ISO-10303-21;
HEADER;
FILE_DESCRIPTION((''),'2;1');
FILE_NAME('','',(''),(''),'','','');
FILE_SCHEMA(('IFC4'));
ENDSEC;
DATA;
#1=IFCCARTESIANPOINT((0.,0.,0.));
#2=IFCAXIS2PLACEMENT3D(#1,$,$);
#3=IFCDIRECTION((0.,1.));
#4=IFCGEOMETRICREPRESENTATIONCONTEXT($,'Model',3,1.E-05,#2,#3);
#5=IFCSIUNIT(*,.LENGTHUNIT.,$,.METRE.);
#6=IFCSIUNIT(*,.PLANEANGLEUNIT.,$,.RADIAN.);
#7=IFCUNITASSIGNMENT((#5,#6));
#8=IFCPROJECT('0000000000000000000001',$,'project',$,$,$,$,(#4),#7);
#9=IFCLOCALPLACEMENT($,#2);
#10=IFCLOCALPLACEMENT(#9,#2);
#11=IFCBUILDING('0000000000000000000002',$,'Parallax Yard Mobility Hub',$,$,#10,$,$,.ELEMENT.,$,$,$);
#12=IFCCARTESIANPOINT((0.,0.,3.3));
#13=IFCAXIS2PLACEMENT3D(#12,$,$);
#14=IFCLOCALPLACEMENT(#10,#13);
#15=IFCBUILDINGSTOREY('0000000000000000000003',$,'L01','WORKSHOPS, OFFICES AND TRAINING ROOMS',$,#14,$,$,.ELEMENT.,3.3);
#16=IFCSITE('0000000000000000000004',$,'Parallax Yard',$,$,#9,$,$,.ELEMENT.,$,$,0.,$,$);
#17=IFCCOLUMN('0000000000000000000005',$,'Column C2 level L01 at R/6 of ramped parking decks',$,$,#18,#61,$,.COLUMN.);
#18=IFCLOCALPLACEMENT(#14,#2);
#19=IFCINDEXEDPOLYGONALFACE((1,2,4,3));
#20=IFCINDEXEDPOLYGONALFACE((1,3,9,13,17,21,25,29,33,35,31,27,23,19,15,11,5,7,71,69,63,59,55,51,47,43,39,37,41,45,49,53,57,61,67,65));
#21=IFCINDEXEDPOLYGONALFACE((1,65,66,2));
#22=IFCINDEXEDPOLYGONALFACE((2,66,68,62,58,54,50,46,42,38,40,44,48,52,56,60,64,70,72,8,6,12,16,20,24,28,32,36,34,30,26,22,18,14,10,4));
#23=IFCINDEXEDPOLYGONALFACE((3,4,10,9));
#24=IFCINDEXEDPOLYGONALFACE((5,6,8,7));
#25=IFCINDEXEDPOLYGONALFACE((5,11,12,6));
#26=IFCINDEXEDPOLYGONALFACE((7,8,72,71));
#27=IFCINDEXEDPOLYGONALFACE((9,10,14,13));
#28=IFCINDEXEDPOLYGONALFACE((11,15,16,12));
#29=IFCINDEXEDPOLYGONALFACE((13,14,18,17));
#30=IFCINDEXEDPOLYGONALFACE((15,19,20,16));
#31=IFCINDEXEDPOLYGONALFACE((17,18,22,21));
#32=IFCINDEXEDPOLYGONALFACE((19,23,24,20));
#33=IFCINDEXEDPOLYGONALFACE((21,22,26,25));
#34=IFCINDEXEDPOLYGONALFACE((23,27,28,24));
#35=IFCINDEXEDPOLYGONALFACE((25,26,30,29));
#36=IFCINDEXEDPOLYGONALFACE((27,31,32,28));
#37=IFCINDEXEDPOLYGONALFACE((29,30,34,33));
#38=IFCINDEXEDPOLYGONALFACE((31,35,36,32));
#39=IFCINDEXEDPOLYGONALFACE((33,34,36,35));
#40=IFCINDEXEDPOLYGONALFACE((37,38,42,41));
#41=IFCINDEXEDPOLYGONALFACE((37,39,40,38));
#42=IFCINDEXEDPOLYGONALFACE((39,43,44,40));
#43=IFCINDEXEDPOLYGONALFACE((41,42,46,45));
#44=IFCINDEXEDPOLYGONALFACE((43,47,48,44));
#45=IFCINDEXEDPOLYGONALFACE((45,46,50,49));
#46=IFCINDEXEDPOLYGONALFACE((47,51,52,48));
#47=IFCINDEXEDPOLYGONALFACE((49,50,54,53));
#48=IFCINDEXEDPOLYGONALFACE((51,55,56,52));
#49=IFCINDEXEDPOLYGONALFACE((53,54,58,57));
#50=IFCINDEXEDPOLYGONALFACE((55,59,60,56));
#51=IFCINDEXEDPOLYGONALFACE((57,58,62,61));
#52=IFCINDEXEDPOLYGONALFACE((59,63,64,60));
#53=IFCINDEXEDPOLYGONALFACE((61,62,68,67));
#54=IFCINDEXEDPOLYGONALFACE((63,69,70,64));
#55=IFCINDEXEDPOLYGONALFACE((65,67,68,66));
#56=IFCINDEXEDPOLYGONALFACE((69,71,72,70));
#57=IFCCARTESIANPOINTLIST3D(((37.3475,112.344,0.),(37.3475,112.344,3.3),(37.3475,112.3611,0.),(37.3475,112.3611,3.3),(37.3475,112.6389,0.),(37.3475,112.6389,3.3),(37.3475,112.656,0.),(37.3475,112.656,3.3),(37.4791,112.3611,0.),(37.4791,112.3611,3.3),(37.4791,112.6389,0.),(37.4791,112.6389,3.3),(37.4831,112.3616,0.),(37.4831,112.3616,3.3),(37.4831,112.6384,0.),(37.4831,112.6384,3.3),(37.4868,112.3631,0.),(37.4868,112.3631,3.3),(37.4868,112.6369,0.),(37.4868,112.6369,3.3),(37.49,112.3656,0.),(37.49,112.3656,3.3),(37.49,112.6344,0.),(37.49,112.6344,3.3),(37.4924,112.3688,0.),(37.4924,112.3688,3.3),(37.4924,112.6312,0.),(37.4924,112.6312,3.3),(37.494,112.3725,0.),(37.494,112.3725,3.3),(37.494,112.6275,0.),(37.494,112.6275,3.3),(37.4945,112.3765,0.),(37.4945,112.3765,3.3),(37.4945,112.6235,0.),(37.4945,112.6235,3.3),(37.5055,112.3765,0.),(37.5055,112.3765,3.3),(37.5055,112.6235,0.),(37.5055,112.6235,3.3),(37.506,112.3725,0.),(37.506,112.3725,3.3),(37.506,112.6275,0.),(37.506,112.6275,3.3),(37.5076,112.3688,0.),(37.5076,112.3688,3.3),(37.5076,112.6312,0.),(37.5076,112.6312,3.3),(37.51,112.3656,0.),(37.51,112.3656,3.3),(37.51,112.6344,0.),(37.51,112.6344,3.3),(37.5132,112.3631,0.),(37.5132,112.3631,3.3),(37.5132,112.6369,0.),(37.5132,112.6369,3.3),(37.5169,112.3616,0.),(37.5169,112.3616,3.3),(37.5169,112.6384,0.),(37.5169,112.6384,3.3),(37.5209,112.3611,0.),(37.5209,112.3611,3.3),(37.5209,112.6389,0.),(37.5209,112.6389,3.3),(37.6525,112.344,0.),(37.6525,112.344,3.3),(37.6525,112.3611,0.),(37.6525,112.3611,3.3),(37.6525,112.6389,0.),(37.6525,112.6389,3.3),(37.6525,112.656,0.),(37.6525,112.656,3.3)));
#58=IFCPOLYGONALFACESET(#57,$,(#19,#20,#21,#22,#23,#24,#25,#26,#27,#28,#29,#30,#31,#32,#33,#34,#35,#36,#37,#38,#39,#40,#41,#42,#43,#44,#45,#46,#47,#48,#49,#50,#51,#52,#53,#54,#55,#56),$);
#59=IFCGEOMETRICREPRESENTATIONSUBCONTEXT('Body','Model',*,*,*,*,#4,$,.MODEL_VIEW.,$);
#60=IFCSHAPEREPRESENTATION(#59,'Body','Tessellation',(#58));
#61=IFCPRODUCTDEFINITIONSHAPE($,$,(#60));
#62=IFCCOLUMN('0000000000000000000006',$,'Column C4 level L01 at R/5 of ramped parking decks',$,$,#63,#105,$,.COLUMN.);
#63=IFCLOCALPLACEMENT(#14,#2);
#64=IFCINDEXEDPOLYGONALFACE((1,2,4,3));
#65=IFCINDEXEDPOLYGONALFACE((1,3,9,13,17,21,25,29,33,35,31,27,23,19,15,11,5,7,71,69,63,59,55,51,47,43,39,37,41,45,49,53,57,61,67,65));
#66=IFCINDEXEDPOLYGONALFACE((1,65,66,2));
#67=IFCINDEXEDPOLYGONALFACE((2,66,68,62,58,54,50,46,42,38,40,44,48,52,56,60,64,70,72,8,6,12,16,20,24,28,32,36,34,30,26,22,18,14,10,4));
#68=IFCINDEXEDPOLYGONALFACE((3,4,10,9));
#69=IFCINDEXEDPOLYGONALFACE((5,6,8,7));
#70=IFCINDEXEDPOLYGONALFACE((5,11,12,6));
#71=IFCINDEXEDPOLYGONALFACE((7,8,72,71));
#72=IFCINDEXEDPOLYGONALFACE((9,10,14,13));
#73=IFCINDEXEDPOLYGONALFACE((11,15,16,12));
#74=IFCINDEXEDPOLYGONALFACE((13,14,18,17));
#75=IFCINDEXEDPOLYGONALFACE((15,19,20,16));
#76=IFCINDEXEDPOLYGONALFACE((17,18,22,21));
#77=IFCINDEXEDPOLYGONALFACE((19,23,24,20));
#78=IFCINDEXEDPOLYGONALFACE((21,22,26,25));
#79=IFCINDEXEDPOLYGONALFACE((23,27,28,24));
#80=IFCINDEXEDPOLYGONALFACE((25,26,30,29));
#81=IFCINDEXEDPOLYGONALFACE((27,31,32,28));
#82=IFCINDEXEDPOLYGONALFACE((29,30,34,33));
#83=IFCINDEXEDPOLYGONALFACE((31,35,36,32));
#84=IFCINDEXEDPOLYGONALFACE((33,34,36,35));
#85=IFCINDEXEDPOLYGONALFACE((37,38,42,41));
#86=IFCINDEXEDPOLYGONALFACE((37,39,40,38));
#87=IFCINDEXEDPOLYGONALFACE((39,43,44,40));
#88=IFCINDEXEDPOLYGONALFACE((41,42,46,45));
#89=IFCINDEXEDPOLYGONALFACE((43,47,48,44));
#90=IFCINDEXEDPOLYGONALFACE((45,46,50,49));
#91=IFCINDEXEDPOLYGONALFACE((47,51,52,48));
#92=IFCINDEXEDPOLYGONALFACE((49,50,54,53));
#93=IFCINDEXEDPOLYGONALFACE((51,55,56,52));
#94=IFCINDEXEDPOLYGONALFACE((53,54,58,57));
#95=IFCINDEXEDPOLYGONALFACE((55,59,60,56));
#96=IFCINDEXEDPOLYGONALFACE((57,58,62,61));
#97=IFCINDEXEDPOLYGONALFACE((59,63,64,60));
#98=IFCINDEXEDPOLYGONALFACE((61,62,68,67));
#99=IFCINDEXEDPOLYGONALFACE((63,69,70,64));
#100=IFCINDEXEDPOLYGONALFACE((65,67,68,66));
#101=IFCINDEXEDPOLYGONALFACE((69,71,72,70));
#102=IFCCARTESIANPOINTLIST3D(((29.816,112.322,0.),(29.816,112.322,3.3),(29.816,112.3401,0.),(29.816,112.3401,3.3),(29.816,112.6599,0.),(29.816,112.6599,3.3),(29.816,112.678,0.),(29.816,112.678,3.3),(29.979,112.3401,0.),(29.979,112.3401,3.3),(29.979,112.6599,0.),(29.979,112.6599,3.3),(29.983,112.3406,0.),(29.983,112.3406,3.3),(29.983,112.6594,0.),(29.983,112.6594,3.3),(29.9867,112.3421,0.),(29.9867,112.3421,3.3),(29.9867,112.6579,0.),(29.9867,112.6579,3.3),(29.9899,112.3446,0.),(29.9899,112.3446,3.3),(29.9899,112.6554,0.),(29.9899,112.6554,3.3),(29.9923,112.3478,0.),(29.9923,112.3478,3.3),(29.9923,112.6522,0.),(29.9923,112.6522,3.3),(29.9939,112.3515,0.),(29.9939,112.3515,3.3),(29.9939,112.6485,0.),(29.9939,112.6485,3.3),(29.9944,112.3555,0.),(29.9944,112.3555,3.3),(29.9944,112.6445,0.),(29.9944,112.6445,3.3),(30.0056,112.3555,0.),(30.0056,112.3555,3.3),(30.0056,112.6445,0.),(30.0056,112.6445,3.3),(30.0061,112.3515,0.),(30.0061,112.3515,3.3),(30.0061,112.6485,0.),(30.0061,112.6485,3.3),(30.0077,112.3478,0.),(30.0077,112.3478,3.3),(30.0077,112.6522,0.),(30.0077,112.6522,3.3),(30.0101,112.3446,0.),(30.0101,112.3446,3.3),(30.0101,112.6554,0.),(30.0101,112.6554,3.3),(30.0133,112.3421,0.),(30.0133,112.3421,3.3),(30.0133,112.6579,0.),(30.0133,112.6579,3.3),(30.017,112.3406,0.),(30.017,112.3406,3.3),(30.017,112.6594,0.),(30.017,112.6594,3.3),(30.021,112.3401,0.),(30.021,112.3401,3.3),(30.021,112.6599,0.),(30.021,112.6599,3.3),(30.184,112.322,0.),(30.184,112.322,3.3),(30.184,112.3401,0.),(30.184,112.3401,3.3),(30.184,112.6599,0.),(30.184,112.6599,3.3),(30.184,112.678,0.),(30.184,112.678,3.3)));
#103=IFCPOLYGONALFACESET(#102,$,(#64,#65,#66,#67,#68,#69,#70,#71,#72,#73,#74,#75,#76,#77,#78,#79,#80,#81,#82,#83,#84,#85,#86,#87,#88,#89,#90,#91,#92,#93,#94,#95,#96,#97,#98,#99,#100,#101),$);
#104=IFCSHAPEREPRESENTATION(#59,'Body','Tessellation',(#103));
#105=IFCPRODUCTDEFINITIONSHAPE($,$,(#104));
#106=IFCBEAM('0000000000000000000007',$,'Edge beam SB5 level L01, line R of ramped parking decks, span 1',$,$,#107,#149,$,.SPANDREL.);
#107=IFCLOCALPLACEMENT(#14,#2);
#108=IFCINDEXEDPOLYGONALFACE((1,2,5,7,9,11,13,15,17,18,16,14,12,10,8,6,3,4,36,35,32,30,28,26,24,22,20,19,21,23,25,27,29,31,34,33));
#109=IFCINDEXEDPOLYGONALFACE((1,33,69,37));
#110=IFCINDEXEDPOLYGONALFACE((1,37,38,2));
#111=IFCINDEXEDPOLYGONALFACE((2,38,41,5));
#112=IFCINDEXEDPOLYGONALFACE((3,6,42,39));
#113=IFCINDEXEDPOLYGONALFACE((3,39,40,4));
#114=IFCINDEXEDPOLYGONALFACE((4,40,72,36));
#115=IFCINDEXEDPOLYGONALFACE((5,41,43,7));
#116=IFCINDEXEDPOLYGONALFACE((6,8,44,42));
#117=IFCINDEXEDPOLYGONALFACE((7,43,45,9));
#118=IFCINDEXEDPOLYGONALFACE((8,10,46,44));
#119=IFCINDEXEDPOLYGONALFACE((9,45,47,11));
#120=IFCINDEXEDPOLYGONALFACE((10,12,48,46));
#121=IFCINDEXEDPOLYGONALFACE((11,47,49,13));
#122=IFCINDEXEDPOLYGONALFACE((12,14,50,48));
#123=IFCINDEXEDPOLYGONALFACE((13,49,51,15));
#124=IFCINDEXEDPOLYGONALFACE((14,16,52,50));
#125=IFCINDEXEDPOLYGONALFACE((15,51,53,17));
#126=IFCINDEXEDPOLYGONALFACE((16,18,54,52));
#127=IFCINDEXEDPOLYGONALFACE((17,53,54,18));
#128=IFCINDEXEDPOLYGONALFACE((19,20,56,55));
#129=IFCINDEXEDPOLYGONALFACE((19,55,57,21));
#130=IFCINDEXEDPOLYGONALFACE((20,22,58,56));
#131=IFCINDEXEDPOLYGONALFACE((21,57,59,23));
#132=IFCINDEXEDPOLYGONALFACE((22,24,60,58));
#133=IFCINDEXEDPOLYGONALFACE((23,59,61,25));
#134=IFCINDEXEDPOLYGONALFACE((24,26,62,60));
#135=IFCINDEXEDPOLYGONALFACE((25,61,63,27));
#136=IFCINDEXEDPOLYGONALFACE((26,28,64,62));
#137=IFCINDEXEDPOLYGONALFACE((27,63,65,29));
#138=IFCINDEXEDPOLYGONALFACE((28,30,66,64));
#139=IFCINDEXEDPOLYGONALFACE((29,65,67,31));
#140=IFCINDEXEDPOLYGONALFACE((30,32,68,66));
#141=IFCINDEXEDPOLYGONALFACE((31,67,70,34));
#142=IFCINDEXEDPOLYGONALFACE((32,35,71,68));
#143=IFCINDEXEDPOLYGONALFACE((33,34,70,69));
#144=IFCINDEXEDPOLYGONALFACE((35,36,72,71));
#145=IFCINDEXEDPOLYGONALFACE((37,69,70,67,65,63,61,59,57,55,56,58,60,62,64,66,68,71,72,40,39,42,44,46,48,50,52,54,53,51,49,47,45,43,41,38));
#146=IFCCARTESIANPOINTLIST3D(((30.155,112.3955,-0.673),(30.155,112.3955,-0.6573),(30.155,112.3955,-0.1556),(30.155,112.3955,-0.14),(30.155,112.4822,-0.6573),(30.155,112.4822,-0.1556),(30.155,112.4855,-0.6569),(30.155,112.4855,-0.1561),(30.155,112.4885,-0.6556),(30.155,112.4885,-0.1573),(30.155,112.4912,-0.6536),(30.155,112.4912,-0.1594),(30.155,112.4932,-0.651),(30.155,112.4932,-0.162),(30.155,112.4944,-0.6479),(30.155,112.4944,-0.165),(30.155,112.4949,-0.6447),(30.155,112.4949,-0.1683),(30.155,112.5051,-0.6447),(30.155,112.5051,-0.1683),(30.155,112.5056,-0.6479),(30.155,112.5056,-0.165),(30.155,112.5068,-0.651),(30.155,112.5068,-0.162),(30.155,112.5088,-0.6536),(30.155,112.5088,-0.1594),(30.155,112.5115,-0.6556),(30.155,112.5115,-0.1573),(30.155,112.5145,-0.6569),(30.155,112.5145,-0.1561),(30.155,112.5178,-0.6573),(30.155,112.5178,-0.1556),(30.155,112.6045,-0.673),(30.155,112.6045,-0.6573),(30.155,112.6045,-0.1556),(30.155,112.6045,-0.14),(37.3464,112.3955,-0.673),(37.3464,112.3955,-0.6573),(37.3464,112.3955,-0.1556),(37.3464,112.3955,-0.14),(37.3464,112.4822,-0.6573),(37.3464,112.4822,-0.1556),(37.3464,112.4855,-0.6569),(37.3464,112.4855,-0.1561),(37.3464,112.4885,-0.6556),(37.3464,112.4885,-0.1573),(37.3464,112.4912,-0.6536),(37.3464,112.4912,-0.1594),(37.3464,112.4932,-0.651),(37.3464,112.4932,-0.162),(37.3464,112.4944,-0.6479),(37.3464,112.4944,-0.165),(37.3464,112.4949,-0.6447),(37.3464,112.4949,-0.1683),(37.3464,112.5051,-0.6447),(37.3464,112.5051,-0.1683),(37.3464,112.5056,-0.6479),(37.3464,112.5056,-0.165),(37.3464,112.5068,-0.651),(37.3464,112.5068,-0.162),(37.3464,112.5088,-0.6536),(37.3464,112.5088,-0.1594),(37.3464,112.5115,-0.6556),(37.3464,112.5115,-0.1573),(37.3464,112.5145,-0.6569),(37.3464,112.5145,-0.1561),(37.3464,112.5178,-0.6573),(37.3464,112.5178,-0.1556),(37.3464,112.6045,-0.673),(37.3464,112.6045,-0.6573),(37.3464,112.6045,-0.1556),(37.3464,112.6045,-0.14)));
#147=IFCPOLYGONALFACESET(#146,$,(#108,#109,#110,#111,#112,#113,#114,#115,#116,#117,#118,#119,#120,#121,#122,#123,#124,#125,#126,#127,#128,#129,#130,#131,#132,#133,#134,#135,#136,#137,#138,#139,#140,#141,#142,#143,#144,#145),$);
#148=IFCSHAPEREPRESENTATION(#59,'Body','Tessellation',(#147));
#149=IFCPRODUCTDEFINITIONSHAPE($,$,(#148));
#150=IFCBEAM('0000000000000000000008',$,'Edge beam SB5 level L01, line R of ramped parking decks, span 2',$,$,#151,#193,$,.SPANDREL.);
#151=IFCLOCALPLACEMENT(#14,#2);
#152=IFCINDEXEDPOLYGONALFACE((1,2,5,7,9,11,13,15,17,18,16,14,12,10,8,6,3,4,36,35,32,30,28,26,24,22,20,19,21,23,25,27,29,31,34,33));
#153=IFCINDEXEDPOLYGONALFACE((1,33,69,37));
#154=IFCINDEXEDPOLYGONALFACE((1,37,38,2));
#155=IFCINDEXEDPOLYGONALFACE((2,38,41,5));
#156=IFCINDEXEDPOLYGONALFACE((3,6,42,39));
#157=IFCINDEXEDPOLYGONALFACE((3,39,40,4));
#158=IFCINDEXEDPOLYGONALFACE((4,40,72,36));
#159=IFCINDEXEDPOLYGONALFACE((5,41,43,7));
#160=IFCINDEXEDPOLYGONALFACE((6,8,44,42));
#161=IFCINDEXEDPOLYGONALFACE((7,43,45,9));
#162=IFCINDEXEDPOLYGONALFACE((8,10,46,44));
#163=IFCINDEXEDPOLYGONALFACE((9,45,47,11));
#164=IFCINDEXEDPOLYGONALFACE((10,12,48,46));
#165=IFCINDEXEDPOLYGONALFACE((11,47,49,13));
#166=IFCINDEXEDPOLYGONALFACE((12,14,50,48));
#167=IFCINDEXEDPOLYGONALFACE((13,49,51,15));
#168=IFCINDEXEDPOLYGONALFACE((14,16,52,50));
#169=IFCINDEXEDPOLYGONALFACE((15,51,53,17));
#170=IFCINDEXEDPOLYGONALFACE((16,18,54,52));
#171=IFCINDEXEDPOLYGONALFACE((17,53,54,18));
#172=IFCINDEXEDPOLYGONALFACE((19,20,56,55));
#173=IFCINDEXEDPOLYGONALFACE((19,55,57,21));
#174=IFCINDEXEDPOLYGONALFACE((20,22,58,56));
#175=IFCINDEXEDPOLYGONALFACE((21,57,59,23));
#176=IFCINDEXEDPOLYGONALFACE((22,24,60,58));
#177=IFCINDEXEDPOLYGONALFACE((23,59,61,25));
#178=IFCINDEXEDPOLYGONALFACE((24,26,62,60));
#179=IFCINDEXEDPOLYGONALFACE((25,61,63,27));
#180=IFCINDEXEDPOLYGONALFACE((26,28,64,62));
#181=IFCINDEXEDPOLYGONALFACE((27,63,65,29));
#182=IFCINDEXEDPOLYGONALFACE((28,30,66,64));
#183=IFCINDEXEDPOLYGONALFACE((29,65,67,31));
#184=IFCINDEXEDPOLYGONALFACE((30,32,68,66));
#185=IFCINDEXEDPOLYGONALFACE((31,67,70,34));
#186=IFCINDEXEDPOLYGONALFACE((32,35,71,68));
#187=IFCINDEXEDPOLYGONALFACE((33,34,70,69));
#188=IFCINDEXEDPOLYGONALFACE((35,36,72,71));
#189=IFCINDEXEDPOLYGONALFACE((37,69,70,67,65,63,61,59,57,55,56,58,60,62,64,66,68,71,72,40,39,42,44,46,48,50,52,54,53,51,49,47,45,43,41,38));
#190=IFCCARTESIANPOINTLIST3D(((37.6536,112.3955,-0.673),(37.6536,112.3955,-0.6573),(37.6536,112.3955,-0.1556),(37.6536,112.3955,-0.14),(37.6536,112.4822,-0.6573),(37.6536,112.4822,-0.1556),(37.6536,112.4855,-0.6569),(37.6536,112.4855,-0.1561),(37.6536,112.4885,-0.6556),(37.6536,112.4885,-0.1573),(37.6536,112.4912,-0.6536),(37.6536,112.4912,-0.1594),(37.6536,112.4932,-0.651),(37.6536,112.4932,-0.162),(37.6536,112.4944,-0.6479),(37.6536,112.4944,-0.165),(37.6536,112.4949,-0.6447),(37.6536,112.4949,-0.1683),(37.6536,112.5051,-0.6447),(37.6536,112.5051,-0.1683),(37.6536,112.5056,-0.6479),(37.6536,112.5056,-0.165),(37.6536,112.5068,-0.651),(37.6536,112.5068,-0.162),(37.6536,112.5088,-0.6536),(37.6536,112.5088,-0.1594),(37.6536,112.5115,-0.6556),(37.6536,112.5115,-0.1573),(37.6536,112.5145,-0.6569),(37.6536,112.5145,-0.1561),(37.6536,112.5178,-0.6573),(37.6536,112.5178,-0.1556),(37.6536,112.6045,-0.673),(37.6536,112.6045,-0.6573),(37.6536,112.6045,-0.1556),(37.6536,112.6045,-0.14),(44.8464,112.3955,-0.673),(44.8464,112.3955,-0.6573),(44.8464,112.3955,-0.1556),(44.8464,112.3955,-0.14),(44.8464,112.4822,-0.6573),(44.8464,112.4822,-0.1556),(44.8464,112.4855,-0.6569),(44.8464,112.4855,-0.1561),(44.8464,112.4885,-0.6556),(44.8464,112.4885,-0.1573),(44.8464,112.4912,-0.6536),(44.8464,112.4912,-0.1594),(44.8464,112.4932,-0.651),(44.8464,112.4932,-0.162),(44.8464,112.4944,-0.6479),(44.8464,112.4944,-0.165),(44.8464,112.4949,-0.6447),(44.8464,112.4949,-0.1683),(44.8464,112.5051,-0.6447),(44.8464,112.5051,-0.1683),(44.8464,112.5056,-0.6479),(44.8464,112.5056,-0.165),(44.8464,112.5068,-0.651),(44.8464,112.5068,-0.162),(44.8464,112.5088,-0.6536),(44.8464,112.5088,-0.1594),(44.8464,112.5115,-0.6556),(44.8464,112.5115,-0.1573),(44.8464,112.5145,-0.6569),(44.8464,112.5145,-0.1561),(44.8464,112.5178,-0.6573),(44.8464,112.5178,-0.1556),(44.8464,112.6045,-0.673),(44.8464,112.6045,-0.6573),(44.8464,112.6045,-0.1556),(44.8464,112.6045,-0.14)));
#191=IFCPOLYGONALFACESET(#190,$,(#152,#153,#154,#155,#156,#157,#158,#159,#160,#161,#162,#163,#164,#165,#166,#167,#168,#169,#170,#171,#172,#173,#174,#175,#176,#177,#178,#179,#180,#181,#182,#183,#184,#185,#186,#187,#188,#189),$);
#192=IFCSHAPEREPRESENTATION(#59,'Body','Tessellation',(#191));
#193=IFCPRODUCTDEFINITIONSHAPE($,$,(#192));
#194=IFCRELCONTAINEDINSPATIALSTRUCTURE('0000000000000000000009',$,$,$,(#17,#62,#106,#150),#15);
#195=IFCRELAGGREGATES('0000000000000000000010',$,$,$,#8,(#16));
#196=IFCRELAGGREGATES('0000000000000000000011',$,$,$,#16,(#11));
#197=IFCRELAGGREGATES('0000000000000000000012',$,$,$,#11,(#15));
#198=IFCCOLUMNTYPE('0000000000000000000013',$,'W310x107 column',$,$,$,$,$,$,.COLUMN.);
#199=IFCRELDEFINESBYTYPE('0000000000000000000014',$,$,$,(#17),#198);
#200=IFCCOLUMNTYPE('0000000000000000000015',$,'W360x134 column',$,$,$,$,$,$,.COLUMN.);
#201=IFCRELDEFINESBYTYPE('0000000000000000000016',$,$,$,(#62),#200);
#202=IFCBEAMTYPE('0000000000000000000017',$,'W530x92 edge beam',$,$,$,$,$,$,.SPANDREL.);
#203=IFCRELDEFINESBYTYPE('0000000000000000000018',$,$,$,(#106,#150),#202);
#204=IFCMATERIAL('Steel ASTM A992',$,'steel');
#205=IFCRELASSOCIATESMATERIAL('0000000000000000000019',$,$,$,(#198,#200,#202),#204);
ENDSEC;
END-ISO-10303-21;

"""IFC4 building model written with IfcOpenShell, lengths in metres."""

from ifc_helpers import new_model, si_unit, direction, frame, origin, origin_2d, place, context, subcontext, project, spatial, i_section, extrude, material, material_profile, profile_set, type_object, element, save


model = new_model("IFC4")

# Units and contexts
model_context = context("Model", 3, precision=1e-05, world=origin(), true_north=direction((0.0, 1.0)))
body_context = subcontext(model_context, "Body", "Model", "MODEL_VIEW")
ifc_project = project(units=[si_unit("LENGTHUNIT", "METRE"), si_unit("PLANEANGLEUNIT", "RADIAN")], contexts=[model_context])

# Site, building, storey
site_placement = place(None, origin())
site = spatial("IfcSite", under=ifc_project, at=site_placement, Name="Parallax Yard", CompositionType="ELEMENT", RefElevation=0.0)
building_placement = place(site_placement, origin())
building = spatial("IfcBuilding", under=site, at=building_placement, Name="Parallax Yard Mobility Hub", CompositionType="ELEMENT")
storey_placement = place(building_placement, frame((0.0, 0.0, 3.3)))
storey = spatial("IfcBuildingStorey", under=building, at=storey_placement, Name="L01", Description="WORKSHOPS, OFFICES AND TRAINING ROOMS", CompositionType="ELEMENT", Elevation=3.3)

# Columns
ifc_material_1 = material(Name="Steel ASTM A992", Category="steel")
ifc_material_profile_1 = material_profile(ifc_material_1, i_section(OverallWidth=0.3049, OverallDepth=0.312, WebThickness=0.011, FlangeThickness=0.0171, FilletRadius=0.0154, at=origin_2d()), Name="W310x107")
ifc_profile_set_1 = profile_set([ifc_material_profile_1], Name="Steel ASTM A992")
column_type_1 = type_object("IfcColumnType", Name="W310x107 column", PredefinedType="COLUMN", material=ifc_profile_set_1)
column_1_placement = place(storey_placement, frame((37.5, 112.5, 0.0), z_axis=(0.0, 0.0, 1.0), x_axis=(1.0, 0.0, 0.0)))
element("IfcColumn", 1, at=column_1_placement, inside=storey, type_object=column_type_1, Name="Column C2 level L01 at R/6 of ramped parking decks", PredefinedType="COLUMN", context=body_context, shape_type="SweptSolid", body=[
    extrude(i_section(OverallWidth=0.3049, OverallDepth=0.312, WebThickness=0.011, FlangeThickness=0.0171, FilletRadius=0.0154, at=origin_2d()), origin(), (0.0, 0.0, 1.0), 3.3),
])
ifc_material_profile_2 = material_profile(ifc_material_1, i_section(OverallWidth=0.3679, OverallDepth=0.356, WebThickness=0.0112, FlangeThickness=0.0181, FilletRadius=0.0154, at=origin_2d()), Name="W360x134")
ifc_profile_set_2 = profile_set([ifc_material_profile_2], Name="Steel ASTM A992")
column_type_2 = type_object("IfcColumnType", Name="W360x134 column", PredefinedType="COLUMN", material=ifc_profile_set_2)
column_2_placement = place(storey_placement, frame((30.0, 112.5, 0.0), z_axis=(0.0, 0.0, 1.0), x_axis=(1.0, 0.0, 0.0)))
element("IfcColumn", 2, at=column_2_placement, inside=storey, type_object=column_type_2, Name="Column C4 level L01 at R/5 of ramped parking decks", PredefinedType="COLUMN", context=body_context, shape_type="SweptSolid", body=[
    extrude(i_section(OverallWidth=0.3679, OverallDepth=0.356, WebThickness=0.0112, FlangeThickness=0.0181, FilletRadius=0.0154, at=origin_2d()), origin(), (0.0, 0.0, 1.0), 3.3),
])

# Beams
ifc_material_profile_3 = material_profile(ifc_material_1, i_section(OverallWidth=0.209, OverallDepth=0.533, WebThickness=0.0103, FlangeThickness=0.0156, FilletRadius=0.0127, at=origin_2d()), Name="W530x92")
ifc_profile_set_3 = profile_set([ifc_material_profile_3], Name="Steel ASTM A992")
beam_type_1 = type_object("IfcBeamType", Name="W530x92 edge beam", PredefinedType="SPANDREL", material=ifc_profile_set_3)
beam_1_placement = place(storey_placement, frame((30.155, 112.5, -0.4065), z_axis=(1.0, 0.0, 0.0), x_axis=(0.0, 1.0, 0.0)))
element("IfcBeam", 3, at=beam_1_placement, inside=storey, type_object=beam_type_1, Name="Edge beam SB5 level L01, line R of ramped parking decks, span 1", PredefinedType="SPANDREL", context=body_context, shape_type="SweptSolid", body=[
    extrude(i_section(OverallWidth=0.209, OverallDepth=0.533, WebThickness=0.0103, FlangeThickness=0.0156, FilletRadius=0.0127, at=origin_2d()), origin(), (0.0, 0.0, 1.0), 7.1914),
])
beam_2_placement = place(storey_placement, frame((37.6536, 112.5, -0.4065), z_axis=(1.0, 0.0, 0.0), x_axis=(0.0, 1.0, 0.0)))
element("IfcBeam", 4, at=beam_2_placement, inside=storey, type_object=beam_type_1, Name="Edge beam SB5 level L01, line R of ramped parking decks, span 2", PredefinedType="SPANDREL", context=body_context, shape_type="SweptSolid", body=[
    extrude(i_section(OverallWidth=0.209, OverallDepth=0.533, WebThickness=0.0103, FlangeThickness=0.0156, FilletRadius=0.0127, at=origin_2d()), origin(), (0.0, 0.0, 1.0), 7.1929),
])

save(model, "model.ifc")
